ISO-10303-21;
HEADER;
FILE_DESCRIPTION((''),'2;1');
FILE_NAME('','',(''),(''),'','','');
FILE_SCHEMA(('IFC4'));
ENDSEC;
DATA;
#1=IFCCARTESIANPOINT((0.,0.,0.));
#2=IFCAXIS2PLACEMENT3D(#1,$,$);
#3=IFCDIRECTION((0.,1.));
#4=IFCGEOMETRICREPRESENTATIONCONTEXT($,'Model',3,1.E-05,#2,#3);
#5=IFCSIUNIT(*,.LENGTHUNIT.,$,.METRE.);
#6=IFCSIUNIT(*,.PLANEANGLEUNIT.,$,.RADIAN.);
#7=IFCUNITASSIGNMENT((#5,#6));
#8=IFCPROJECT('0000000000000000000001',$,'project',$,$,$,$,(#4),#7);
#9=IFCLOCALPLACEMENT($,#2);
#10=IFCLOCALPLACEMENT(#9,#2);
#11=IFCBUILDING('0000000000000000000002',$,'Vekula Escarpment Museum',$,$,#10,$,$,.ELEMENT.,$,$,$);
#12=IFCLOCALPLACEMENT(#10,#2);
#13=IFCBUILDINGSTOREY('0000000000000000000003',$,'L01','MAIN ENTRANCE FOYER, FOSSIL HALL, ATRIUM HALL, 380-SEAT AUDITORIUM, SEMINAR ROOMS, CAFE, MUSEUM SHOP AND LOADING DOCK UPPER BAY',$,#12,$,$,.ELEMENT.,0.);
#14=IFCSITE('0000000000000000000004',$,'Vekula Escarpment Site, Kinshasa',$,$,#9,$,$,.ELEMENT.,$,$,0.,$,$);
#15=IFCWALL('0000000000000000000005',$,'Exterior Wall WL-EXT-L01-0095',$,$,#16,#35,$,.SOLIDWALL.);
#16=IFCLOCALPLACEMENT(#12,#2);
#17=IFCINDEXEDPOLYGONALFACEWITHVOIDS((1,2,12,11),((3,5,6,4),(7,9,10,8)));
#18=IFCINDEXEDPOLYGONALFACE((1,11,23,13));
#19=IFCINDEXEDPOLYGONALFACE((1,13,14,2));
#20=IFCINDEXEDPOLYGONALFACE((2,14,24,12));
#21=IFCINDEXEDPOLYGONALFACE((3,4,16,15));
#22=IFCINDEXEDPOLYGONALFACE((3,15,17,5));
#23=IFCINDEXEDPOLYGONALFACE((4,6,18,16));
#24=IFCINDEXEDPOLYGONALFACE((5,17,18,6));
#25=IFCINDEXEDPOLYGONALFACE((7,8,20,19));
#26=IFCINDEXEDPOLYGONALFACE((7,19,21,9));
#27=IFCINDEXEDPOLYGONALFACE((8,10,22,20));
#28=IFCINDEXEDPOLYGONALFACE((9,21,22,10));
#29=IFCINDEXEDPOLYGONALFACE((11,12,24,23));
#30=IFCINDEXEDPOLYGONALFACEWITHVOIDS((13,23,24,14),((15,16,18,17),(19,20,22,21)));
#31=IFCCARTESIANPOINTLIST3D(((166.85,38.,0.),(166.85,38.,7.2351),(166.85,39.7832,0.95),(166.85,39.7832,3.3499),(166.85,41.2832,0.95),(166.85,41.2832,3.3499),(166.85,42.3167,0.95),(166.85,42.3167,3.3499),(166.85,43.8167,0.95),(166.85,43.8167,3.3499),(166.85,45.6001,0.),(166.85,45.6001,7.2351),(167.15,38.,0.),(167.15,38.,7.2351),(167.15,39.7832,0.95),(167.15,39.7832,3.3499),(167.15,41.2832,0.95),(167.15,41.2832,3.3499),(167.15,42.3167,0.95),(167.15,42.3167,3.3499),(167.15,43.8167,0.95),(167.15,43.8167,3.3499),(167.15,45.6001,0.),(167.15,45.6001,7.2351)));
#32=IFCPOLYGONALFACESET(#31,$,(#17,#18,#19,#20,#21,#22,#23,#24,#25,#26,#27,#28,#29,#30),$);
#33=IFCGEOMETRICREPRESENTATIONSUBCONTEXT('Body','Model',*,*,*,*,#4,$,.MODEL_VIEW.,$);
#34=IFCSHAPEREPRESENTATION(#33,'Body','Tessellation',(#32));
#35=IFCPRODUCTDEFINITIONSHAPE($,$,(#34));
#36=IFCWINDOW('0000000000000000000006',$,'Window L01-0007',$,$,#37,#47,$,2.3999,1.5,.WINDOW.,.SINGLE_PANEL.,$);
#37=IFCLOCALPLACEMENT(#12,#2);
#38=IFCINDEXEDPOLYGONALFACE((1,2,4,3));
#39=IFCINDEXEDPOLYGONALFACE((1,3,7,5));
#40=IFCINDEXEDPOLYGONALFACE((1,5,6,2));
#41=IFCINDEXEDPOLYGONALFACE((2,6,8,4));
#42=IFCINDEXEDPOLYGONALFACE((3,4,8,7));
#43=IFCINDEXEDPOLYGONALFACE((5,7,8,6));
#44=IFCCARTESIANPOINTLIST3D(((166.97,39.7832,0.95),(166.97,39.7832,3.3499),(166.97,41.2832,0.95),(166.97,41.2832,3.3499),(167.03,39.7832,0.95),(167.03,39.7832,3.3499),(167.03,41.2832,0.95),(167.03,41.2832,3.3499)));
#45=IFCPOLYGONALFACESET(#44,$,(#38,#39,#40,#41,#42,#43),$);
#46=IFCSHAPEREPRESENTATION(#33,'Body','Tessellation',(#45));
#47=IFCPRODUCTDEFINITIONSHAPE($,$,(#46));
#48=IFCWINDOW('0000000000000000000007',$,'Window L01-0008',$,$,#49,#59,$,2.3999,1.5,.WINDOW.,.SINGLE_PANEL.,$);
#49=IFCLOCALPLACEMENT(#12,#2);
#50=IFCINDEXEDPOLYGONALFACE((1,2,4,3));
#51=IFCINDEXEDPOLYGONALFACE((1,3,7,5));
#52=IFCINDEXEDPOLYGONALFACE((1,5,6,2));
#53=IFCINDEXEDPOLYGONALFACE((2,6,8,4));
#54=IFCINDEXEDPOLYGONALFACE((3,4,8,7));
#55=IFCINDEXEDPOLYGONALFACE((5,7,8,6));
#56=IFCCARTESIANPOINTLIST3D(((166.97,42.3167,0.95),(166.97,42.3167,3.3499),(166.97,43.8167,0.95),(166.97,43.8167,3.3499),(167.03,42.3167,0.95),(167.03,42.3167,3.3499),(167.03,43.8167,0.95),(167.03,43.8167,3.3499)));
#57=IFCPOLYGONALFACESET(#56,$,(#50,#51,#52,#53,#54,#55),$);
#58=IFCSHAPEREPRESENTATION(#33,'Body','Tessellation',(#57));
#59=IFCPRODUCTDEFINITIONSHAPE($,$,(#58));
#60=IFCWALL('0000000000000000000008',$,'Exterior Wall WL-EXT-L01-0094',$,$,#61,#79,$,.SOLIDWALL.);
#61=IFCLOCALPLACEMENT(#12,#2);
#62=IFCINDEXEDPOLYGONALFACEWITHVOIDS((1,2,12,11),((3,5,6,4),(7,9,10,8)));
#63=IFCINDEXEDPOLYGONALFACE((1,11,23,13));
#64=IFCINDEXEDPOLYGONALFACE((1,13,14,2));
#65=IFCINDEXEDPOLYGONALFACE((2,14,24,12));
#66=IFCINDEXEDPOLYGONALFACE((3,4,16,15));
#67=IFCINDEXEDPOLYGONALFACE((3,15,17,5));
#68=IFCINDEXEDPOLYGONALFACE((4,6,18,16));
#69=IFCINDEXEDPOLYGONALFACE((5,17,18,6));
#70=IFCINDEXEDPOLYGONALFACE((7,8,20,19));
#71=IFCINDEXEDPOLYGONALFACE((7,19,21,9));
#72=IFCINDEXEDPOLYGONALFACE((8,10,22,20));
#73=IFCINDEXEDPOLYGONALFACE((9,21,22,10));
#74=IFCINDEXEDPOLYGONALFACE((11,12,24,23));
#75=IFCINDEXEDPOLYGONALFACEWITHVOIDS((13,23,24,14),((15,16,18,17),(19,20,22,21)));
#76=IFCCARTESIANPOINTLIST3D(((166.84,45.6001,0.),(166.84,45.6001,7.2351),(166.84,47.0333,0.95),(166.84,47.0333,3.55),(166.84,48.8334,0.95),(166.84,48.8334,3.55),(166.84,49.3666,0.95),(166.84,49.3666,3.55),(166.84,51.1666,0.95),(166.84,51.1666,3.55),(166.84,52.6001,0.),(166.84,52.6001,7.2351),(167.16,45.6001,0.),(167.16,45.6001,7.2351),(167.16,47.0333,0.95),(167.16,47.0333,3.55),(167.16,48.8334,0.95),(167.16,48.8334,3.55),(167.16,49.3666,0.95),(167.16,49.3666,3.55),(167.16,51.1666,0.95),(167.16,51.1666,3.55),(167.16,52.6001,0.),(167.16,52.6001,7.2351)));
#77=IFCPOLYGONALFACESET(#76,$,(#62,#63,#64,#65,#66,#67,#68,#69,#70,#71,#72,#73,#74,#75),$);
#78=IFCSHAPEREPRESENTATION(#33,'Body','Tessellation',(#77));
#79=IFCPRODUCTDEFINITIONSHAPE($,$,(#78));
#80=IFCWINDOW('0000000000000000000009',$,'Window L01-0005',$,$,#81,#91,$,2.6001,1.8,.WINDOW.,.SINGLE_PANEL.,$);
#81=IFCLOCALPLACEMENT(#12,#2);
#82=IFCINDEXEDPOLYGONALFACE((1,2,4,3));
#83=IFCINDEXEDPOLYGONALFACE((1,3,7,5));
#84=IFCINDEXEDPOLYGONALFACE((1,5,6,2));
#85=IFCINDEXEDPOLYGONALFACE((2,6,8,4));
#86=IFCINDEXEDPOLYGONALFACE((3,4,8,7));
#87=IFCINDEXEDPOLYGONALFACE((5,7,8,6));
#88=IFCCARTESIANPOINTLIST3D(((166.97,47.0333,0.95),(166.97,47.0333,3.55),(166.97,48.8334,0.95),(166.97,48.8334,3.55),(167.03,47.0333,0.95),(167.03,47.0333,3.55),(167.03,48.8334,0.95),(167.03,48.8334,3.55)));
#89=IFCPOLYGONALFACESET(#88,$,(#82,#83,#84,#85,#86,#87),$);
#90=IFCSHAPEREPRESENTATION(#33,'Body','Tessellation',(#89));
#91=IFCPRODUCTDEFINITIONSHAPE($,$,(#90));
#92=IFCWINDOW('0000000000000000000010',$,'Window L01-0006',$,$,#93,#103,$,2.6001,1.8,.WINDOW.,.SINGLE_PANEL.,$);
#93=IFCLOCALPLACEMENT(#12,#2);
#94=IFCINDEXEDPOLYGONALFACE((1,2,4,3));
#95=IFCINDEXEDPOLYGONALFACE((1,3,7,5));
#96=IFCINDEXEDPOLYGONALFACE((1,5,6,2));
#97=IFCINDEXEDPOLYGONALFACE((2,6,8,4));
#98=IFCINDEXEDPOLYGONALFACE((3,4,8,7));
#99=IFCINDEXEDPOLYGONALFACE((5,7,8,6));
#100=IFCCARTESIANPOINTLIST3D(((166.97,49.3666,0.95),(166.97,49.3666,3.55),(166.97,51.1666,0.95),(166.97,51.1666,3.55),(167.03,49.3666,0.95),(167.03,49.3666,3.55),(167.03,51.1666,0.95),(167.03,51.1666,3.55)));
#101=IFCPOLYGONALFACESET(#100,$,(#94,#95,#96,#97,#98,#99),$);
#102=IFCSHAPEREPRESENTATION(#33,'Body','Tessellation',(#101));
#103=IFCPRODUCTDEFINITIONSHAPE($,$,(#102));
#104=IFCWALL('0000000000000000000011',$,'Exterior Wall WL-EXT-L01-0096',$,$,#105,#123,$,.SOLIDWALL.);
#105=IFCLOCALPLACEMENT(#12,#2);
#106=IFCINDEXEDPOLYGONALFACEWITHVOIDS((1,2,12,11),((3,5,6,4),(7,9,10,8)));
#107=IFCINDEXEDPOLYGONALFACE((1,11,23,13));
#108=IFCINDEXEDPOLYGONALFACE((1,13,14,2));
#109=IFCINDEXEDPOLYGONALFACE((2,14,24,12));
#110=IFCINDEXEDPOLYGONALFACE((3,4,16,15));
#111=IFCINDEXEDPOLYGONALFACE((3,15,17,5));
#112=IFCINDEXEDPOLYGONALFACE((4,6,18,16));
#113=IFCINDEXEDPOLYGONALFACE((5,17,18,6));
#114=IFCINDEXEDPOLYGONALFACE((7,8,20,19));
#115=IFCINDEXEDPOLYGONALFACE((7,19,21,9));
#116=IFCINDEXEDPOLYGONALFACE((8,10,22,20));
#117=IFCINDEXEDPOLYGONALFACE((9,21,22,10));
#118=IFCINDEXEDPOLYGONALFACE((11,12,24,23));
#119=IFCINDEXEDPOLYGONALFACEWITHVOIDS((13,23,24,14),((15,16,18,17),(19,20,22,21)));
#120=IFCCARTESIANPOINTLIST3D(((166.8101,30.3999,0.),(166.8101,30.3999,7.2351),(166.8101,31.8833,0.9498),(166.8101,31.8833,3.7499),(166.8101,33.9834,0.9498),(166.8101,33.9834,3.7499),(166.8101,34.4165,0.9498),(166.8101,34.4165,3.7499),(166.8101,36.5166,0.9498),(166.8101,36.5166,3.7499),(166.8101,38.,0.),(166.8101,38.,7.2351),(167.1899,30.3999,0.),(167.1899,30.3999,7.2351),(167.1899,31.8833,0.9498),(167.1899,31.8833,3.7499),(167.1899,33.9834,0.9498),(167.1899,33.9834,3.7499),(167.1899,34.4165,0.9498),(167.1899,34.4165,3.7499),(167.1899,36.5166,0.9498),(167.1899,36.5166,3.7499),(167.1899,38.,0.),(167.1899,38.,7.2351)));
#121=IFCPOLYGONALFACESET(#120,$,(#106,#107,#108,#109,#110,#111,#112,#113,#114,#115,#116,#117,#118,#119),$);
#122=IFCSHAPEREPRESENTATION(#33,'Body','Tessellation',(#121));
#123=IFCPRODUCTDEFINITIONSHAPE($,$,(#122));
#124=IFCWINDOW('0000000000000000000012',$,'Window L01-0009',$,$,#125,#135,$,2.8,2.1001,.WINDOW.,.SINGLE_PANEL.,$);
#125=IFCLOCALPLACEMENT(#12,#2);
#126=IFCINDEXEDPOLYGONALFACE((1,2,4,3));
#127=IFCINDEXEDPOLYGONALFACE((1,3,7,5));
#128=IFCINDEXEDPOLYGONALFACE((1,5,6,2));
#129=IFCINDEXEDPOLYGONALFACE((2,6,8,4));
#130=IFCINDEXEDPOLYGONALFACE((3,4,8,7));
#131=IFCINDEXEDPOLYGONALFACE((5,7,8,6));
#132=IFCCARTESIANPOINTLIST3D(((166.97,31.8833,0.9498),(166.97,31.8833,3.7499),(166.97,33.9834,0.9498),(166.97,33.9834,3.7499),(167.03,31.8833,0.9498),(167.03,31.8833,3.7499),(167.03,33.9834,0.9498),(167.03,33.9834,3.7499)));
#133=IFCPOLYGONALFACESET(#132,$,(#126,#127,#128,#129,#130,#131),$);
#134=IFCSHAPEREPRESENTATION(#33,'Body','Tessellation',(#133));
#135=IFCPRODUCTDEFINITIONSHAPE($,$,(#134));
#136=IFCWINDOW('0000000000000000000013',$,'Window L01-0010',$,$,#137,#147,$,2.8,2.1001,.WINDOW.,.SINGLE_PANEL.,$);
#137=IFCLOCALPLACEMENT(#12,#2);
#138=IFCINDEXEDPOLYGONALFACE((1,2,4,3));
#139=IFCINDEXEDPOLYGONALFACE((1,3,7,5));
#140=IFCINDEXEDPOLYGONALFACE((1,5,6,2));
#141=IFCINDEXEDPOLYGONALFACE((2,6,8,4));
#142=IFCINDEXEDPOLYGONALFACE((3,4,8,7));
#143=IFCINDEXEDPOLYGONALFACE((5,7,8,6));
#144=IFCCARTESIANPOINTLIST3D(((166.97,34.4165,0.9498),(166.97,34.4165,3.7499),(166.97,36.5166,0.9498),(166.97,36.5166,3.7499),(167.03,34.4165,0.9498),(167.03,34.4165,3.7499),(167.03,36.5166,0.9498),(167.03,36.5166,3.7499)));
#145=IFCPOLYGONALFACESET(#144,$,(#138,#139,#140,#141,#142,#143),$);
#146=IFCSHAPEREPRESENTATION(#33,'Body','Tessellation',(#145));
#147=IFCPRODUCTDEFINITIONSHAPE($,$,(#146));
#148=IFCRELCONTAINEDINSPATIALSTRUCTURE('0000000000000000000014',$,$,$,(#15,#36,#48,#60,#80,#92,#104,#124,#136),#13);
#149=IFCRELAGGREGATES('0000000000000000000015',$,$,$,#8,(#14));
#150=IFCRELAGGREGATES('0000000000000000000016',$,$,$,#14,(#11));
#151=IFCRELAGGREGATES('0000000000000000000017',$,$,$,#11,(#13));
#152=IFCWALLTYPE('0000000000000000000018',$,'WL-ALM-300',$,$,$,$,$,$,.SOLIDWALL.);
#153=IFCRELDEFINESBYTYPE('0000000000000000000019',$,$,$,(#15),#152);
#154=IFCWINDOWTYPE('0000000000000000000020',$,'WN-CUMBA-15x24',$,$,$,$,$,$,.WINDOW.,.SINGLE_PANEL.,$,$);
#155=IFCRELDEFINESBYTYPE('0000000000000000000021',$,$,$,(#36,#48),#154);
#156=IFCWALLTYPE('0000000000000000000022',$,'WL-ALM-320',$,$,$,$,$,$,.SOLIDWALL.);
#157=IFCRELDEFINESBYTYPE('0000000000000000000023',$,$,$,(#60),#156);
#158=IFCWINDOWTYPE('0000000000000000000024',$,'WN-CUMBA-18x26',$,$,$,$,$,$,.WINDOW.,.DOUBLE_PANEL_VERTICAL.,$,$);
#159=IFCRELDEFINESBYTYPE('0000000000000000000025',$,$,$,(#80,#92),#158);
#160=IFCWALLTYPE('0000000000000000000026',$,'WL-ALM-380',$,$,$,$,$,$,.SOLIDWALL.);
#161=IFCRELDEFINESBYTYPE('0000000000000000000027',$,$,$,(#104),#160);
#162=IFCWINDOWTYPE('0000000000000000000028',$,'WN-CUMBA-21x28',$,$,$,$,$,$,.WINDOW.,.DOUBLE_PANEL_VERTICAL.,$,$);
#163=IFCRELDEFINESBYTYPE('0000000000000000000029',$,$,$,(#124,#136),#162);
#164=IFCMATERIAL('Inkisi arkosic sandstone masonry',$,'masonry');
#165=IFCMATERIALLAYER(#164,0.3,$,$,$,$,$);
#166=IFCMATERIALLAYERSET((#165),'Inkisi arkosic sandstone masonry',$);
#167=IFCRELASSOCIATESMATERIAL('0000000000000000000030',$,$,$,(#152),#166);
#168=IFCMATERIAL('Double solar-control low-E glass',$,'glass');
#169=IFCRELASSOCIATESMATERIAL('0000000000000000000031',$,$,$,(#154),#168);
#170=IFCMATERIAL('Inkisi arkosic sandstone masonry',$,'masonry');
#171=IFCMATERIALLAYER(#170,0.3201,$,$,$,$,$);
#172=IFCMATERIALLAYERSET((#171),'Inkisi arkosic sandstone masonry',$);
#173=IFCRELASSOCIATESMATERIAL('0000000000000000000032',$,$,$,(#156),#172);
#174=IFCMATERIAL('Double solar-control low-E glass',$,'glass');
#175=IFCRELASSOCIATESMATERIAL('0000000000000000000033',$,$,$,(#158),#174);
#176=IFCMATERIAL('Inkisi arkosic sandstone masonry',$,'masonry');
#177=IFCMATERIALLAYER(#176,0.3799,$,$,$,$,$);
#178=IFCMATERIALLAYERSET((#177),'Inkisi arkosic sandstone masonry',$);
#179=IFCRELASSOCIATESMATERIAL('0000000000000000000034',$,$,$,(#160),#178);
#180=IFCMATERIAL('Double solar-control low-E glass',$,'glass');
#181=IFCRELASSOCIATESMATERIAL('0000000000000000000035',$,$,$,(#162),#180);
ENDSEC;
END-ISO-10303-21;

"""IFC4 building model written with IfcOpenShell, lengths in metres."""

from ifc_helpers import new_model, si_unit, direction, frame, frame_2d, origin, place, context, subcontext, project, spatial, rectangle, extrude, material, layer, layer_set, type_object, element, fill, save


model = new_model("IFC4")

# Units and contexts
model_context = context("Model", 3, precision=1e-05, world=origin(), true_north=direction((0.0, 1.0)))
body_context = subcontext(model_context, "Body", "Model", "MODEL_VIEW")
ifc_project = project(units=[si_unit("LENGTHUNIT", "METRE"), si_unit("PLANEANGLEUNIT", "RADIAN")], contexts=[model_context])

# Site, building, storey
site_placement = place(None, origin())
site = spatial("IfcSite", under=ifc_project, at=site_placement, Name="Vekula Escarpment Site, Kinshasa", CompositionType="ELEMENT", RefElevation=0.0)
building_placement = place(site_placement, origin())
building = spatial("IfcBuilding", under=site, at=building_placement, Name="Vekula Escarpment Museum", CompositionType="ELEMENT")
storey_placement = place(building_placement, origin())
storey = spatial("IfcBuildingStorey", under=building, at=storey_placement, Name="L01", Description="MAIN ENTRANCE FOYER, FOSSIL HALL, ATRIUM HALL, 380-SEAT AUDITORIUM, SEMINAR ROOMS, CAFE, MUSEUM SHOP AND LOADING DOCK UPPER BAY", CompositionType="ELEMENT", Elevation=0.0)

# Walls, openings, windows
ifc_material_1 = material(Name="Inkisi arkosic sandstone masonry", Category="masonry")
ifc_layer_1 = layer(ifc_material_1, 0.3)
ifc_layer_set_1 = layer_set([ifc_layer_1], Name="Inkisi arkosic sandstone masonry")
wall_type_1 = type_object("IfcWallType", Name="WL-ALM-300", PredefinedType="SOLIDWALL", material=ifc_layer_set_1)
wall_1_placement = place(storey_placement, frame((167.0, 38.0, 0.0), z_axis=(0.0, 0.0, 1.0), x_axis=(0.0, 1.0, 0.0)))
wall_1 = element("IfcWall", 1, at=wall_1_placement, inside=storey, type_object=wall_type_1, Name="Exterior Wall WL-EXT-L01-0095", PredefinedType="SOLIDWALL", context=body_context, shape_type="SweptSolid", body=[
    extrude(rectangle(XDim=7.6001, YDim=0.3, at=frame_2d((3.8, 0.0))), origin(), (0.0, 0.0, 1.0), 7.2351),
])
opening_1_placement = place(wall_1_placement, frame((1.7832, 0.0, 0.95)))
opening_1 = element("IfcOpeningElement", 2, at=opening_1_placement, cuts=wall_1, PredefinedType="OPENING", context=body_context, shape_type="SweptSolid", body=[
    extrude(rectangle(XDim=1.5, YDim=2.3999, at=frame_2d((0.75, 1.2))), frame((0.0, 0.1599, 0.0), z_axis=(0.0, -1.0, 0.0), x_axis=(1.0, 0.0, 0.0)), (0.0, 0.0, 1.0), 0.3201),
])
opening_2_placement = place(wall_1_placement, frame((4.3167, 0.0, 0.95)))
opening_2 = element("IfcOpeningElement", 3, at=opening_2_placement, cuts=wall_1, PredefinedType="OPENING", context=body_context, shape_type="SweptSolid", body=[
    extrude(rectangle(XDim=1.5, YDim=2.3999, at=frame_2d((0.75, 1.2))), frame((0.0, 0.1599, 0.0), z_axis=(0.0, -1.0, 0.0), x_axis=(1.0, 0.0, 0.0)), (0.0, 0.0, 1.0), 0.3201),
])
ifc_material_2 = material(Name="Double solar-control low-E glass", Category="glass")
window_type_1 = type_object("IfcWindowType", Name="WN-CUMBA-15x24", PartitioningType="SINGLE_PANEL", PredefinedType="WINDOW", material=ifc_material_2)
window_1_placement = place(opening_1_placement, origin())
window_1 = element("IfcWindow", 4, at=window_1_placement, inside=storey, type_object=window_type_1, Name="Window L01-0007", OverallHeight=2.3999, OverallWidth=1.5, PartitioningType="SINGLE_PANEL", PredefinedType="WINDOW", context=body_context, shape_type="SweptSolid", body=[
    extrude(rectangle(XDim=1.5, YDim=2.3999, at=frame_2d((0.75, 1.2))), frame((0.0, 0.03, 0.0), z_axis=(0.0, -1.0, 0.0), x_axis=(1.0, 0.0, 0.0)), (0.0, 0.0, 1.0), 0.0601),
])
fill(opening_1, window_1)
window_2_placement = place(opening_2_placement, origin())
window_2 = element("IfcWindow", 5, at=window_2_placement, inside=storey, type_object=window_type_1, Name="Window L01-0008", OverallHeight=2.3999, OverallWidth=1.5, PartitioningType="SINGLE_PANEL", PredefinedType="WINDOW", context=body_context, shape_type="SweptSolid", body=[
    extrude(rectangle(XDim=1.5, YDim=2.3999, at=frame_2d((0.75, 1.2))), frame((0.0, 0.03, 0.0), z_axis=(0.0, -1.0, 0.0), x_axis=(1.0, 0.0, 0.0)), (0.0, 0.0, 1.0), 0.0601),
])
fill(opening_2, window_2)
ifc_material_3 = material(Name="Inkisi arkosic sandstone masonry", Category="masonry")
ifc_layer_2 = layer(ifc_material_3, 0.3201)
ifc_layer_set_2 = layer_set([ifc_layer_2], Name="Inkisi arkosic sandstone masonry")
wall_type_2 = type_object("IfcWallType", Name="WL-ALM-320", PredefinedType="SOLIDWALL", material=ifc_layer_set_2)
wall_2_placement = place(storey_placement, frame((167.0, 45.6001, 0.0), z_axis=(0.0, 0.0, 1.0), x_axis=(0.0, 1.0, 0.0)))
wall_2 = element("IfcWall", 6, at=wall_2_placement, inside=storey, type_object=wall_type_2, Name="Exterior Wall WL-EXT-L01-0094", PredefinedType="SOLIDWALL", context=body_context, shape_type="SweptSolid", body=[
    extrude(rectangle(XDim=7.0, YDim=0.3201, at=frame_2d((3.5, 0.0))), origin(), (0.0, 0.0, 1.0), 7.2351),
])
opening_3_placement = place(wall_2_placement, frame((1.4333, 0.0, 0.95)))
opening_3 = element("IfcOpeningElement", 7, at=opening_3_placement, cuts=wall_2, PredefinedType="OPENING", context=body_context, shape_type="SweptSolid", body=[
    extrude(rectangle(XDim=1.8, YDim=2.6001, at=frame_2d((0.8999, 1.3))), frame((0.0, 0.1699, 0.0), z_axis=(0.0, -1.0, 0.0), x_axis=(1.0, 0.0, 0.0)), (0.0, 0.0, 1.0), 0.3401),
])
opening_4_placement = place(wall_2_placement, frame((3.7666, 0.0, 0.95)))
opening_4 = element("IfcOpeningElement", 8, at=opening_4_placement, cuts=wall_2, PredefinedType="OPENING", context=body_context, shape_type="SweptSolid", body=[
    extrude(rectangle(XDim=1.8, YDim=2.6001, at=frame_2d((0.8999, 1.3))), frame((0.0, 0.1699, 0.0), z_axis=(0.0, -1.0, 0.0), x_axis=(1.0, 0.0, 0.0)), (0.0, 0.0, 1.0), 0.3401),
])
ifc_material_4 = material(Name="Double solar-control low-E glass", Category="glass")
window_type_2 = type_object("IfcWindowType", Name="WN-CUMBA-18x26", PartitioningType="DOUBLE_PANEL_VERTICAL", PredefinedType="WINDOW", material=ifc_material_4)
window_3_placement = place(opening_3_placement, origin())
window_3 = element("IfcWindow", 9, at=window_3_placement, inside=storey, type_object=window_type_2, Name="Window L01-0005", OverallHeight=2.6001, OverallWidth=1.8, PartitioningType="SINGLE_PANEL", PredefinedType="WINDOW", context=body_context, shape_type="SweptSolid", body=[
    extrude(rectangle(XDim=1.8, YDim=2.6001, at=frame_2d((0.8999, 1.3))), frame((0.0, 0.03, 0.0), z_axis=(0.0, -1.0, 0.0), x_axis=(1.0, 0.0, 0.0)), (0.0, 0.0, 1.0), 0.0601),
])
fill(opening_3, window_3)
window_4_placement = place(opening_4_placement, origin())
window_4 = element("IfcWindow", 10, at=window_4_placement, inside=storey, type_object=window_type_2, Name="Window L01-0006", OverallHeight=2.6001, OverallWidth=1.8, PartitioningType="SINGLE_PANEL", PredefinedType="WINDOW", context=body_context, shape_type="SweptSolid", body=[
    extrude(rectangle(XDim=1.8, YDim=2.6001, at=frame_2d((0.8999, 1.3))), frame((0.0, 0.03, 0.0), z_axis=(0.0, -1.0, 0.0), x_axis=(1.0, 0.0, 0.0)), (0.0, 0.0, 1.0), 0.0601),
])
fill(opening_4, window_4)
ifc_material_5 = material(Name="Inkisi arkosic sandstone masonry", Category="masonry")
ifc_layer_3 = layer(ifc_material_5, 0.3799)
ifc_layer_set_3 = layer_set([ifc_layer_3], Name="Inkisi arkosic sandstone masonry")
wall_type_3 = type_object("IfcWallType", Name="WL-ALM-380", PredefinedType="SOLIDWALL", material=ifc_layer_set_3)
wall_3_placement = place(storey_placement, frame((167.0, 30.3999, 0.0), z_axis=(0.0, 0.0, 1.0), x_axis=(0.0, 1.0, 0.0)))
wall_3 = element("IfcWall", 11, at=wall_3_placement, inside=storey, type_object=wall_type_3, Name="Exterior Wall WL-EXT-L01-0096", PredefinedType="SOLIDWALL", context=body_context, shape_type="SweptSolid", body=[
    extrude(rectangle(XDim=7.6001, YDim=0.3799, at=frame_2d((3.8, 0.0))), origin(), (0.0, 0.0, 1.0), 7.2351),
])
opening_5_placement = place(wall_3_placement, frame((1.4834, 0.0, 0.95)))
opening_5 = element("IfcOpeningElement", 12, at=opening_5_placement, cuts=wall_3, PredefinedType="OPENING", context=body_context, shape_type="SweptSolid", body=[
    extrude(rectangle(XDim=2.1001, YDim=2.8, at=frame_2d((1.05, 1.3999))), frame((0.0, 0.2, 0.0), z_axis=(0.0, -1.0, 0.0), x_axis=(1.0, 0.0, 0.0)), (0.0, 0.0, 1.0), 0.3999),
])
opening_6_placement = place(wall_3_placement, frame((4.0166, 0.0, 0.95)))
opening_6 = element("IfcOpeningElement", 13, at=opening_6_placement, cuts=wall_3, PredefinedType="OPENING", context=body_context, shape_type="SweptSolid", body=[
    extrude(rectangle(XDim=2.1001, YDim=2.8, at=frame_2d((1.05, 1.3999))), frame((0.0, 0.2, 0.0), z_axis=(0.0, -1.0, 0.0), x_axis=(1.0, 0.0, 0.0)), (0.0, 0.0, 1.0), 0.3999),
])
ifc_material_6 = material(Name="Double solar-control low-E glass", Category="glass")
window_type_3 = type_object("IfcWindowType", Name="WN-CUMBA-21x28", PartitioningType="DOUBLE_PANEL_VERTICAL", PredefinedType="WINDOW", material=ifc_material_6)
window_5_placement = place(opening_5_placement, origin())
window_5 = element("IfcWindow", 14, at=window_5_placement, inside=storey, type_object=window_type_3, Name="Window L01-0009", OverallHeight=2.8, OverallWidth=2.1001, PartitioningType="SINGLE_PANEL", PredefinedType="WINDOW", context=body_context, shape_type="SweptSolid", body=[
    extrude(rectangle(XDim=2.1001, YDim=2.8, at=frame_2d((1.05, 1.3999))), frame((0.0, 0.03, 0.0), z_axis=(0.0, -1.0, 0.0), x_axis=(1.0, 0.0, 0.0)), (0.0, 0.0, 1.0), 0.0601),
])
fill(opening_5, window_5)
window_6_placement = place(opening_6_placement, origin())
window_6 = element("IfcWindow", 15, at=window_6_placement, inside=storey, type_object=window_type_3, Name="Window L01-0010", OverallHeight=2.8, OverallWidth=2.1001, PartitioningType="SINGLE_PANEL", PredefinedType="WINDOW", context=body_context, shape_type="SweptSolid", body=[
    extrude(rectangle(XDim=2.1001, YDim=2.8, at=frame_2d((1.05, 1.3999))), frame((0.0, 0.03, 0.0), z_axis=(0.0, -1.0, 0.0), x_axis=(1.0, 0.0, 0.0)), (0.0, 0.0, 1.0), 0.0601),
])
fill(opening_6, window_6)

save(model, "model.ifc")
